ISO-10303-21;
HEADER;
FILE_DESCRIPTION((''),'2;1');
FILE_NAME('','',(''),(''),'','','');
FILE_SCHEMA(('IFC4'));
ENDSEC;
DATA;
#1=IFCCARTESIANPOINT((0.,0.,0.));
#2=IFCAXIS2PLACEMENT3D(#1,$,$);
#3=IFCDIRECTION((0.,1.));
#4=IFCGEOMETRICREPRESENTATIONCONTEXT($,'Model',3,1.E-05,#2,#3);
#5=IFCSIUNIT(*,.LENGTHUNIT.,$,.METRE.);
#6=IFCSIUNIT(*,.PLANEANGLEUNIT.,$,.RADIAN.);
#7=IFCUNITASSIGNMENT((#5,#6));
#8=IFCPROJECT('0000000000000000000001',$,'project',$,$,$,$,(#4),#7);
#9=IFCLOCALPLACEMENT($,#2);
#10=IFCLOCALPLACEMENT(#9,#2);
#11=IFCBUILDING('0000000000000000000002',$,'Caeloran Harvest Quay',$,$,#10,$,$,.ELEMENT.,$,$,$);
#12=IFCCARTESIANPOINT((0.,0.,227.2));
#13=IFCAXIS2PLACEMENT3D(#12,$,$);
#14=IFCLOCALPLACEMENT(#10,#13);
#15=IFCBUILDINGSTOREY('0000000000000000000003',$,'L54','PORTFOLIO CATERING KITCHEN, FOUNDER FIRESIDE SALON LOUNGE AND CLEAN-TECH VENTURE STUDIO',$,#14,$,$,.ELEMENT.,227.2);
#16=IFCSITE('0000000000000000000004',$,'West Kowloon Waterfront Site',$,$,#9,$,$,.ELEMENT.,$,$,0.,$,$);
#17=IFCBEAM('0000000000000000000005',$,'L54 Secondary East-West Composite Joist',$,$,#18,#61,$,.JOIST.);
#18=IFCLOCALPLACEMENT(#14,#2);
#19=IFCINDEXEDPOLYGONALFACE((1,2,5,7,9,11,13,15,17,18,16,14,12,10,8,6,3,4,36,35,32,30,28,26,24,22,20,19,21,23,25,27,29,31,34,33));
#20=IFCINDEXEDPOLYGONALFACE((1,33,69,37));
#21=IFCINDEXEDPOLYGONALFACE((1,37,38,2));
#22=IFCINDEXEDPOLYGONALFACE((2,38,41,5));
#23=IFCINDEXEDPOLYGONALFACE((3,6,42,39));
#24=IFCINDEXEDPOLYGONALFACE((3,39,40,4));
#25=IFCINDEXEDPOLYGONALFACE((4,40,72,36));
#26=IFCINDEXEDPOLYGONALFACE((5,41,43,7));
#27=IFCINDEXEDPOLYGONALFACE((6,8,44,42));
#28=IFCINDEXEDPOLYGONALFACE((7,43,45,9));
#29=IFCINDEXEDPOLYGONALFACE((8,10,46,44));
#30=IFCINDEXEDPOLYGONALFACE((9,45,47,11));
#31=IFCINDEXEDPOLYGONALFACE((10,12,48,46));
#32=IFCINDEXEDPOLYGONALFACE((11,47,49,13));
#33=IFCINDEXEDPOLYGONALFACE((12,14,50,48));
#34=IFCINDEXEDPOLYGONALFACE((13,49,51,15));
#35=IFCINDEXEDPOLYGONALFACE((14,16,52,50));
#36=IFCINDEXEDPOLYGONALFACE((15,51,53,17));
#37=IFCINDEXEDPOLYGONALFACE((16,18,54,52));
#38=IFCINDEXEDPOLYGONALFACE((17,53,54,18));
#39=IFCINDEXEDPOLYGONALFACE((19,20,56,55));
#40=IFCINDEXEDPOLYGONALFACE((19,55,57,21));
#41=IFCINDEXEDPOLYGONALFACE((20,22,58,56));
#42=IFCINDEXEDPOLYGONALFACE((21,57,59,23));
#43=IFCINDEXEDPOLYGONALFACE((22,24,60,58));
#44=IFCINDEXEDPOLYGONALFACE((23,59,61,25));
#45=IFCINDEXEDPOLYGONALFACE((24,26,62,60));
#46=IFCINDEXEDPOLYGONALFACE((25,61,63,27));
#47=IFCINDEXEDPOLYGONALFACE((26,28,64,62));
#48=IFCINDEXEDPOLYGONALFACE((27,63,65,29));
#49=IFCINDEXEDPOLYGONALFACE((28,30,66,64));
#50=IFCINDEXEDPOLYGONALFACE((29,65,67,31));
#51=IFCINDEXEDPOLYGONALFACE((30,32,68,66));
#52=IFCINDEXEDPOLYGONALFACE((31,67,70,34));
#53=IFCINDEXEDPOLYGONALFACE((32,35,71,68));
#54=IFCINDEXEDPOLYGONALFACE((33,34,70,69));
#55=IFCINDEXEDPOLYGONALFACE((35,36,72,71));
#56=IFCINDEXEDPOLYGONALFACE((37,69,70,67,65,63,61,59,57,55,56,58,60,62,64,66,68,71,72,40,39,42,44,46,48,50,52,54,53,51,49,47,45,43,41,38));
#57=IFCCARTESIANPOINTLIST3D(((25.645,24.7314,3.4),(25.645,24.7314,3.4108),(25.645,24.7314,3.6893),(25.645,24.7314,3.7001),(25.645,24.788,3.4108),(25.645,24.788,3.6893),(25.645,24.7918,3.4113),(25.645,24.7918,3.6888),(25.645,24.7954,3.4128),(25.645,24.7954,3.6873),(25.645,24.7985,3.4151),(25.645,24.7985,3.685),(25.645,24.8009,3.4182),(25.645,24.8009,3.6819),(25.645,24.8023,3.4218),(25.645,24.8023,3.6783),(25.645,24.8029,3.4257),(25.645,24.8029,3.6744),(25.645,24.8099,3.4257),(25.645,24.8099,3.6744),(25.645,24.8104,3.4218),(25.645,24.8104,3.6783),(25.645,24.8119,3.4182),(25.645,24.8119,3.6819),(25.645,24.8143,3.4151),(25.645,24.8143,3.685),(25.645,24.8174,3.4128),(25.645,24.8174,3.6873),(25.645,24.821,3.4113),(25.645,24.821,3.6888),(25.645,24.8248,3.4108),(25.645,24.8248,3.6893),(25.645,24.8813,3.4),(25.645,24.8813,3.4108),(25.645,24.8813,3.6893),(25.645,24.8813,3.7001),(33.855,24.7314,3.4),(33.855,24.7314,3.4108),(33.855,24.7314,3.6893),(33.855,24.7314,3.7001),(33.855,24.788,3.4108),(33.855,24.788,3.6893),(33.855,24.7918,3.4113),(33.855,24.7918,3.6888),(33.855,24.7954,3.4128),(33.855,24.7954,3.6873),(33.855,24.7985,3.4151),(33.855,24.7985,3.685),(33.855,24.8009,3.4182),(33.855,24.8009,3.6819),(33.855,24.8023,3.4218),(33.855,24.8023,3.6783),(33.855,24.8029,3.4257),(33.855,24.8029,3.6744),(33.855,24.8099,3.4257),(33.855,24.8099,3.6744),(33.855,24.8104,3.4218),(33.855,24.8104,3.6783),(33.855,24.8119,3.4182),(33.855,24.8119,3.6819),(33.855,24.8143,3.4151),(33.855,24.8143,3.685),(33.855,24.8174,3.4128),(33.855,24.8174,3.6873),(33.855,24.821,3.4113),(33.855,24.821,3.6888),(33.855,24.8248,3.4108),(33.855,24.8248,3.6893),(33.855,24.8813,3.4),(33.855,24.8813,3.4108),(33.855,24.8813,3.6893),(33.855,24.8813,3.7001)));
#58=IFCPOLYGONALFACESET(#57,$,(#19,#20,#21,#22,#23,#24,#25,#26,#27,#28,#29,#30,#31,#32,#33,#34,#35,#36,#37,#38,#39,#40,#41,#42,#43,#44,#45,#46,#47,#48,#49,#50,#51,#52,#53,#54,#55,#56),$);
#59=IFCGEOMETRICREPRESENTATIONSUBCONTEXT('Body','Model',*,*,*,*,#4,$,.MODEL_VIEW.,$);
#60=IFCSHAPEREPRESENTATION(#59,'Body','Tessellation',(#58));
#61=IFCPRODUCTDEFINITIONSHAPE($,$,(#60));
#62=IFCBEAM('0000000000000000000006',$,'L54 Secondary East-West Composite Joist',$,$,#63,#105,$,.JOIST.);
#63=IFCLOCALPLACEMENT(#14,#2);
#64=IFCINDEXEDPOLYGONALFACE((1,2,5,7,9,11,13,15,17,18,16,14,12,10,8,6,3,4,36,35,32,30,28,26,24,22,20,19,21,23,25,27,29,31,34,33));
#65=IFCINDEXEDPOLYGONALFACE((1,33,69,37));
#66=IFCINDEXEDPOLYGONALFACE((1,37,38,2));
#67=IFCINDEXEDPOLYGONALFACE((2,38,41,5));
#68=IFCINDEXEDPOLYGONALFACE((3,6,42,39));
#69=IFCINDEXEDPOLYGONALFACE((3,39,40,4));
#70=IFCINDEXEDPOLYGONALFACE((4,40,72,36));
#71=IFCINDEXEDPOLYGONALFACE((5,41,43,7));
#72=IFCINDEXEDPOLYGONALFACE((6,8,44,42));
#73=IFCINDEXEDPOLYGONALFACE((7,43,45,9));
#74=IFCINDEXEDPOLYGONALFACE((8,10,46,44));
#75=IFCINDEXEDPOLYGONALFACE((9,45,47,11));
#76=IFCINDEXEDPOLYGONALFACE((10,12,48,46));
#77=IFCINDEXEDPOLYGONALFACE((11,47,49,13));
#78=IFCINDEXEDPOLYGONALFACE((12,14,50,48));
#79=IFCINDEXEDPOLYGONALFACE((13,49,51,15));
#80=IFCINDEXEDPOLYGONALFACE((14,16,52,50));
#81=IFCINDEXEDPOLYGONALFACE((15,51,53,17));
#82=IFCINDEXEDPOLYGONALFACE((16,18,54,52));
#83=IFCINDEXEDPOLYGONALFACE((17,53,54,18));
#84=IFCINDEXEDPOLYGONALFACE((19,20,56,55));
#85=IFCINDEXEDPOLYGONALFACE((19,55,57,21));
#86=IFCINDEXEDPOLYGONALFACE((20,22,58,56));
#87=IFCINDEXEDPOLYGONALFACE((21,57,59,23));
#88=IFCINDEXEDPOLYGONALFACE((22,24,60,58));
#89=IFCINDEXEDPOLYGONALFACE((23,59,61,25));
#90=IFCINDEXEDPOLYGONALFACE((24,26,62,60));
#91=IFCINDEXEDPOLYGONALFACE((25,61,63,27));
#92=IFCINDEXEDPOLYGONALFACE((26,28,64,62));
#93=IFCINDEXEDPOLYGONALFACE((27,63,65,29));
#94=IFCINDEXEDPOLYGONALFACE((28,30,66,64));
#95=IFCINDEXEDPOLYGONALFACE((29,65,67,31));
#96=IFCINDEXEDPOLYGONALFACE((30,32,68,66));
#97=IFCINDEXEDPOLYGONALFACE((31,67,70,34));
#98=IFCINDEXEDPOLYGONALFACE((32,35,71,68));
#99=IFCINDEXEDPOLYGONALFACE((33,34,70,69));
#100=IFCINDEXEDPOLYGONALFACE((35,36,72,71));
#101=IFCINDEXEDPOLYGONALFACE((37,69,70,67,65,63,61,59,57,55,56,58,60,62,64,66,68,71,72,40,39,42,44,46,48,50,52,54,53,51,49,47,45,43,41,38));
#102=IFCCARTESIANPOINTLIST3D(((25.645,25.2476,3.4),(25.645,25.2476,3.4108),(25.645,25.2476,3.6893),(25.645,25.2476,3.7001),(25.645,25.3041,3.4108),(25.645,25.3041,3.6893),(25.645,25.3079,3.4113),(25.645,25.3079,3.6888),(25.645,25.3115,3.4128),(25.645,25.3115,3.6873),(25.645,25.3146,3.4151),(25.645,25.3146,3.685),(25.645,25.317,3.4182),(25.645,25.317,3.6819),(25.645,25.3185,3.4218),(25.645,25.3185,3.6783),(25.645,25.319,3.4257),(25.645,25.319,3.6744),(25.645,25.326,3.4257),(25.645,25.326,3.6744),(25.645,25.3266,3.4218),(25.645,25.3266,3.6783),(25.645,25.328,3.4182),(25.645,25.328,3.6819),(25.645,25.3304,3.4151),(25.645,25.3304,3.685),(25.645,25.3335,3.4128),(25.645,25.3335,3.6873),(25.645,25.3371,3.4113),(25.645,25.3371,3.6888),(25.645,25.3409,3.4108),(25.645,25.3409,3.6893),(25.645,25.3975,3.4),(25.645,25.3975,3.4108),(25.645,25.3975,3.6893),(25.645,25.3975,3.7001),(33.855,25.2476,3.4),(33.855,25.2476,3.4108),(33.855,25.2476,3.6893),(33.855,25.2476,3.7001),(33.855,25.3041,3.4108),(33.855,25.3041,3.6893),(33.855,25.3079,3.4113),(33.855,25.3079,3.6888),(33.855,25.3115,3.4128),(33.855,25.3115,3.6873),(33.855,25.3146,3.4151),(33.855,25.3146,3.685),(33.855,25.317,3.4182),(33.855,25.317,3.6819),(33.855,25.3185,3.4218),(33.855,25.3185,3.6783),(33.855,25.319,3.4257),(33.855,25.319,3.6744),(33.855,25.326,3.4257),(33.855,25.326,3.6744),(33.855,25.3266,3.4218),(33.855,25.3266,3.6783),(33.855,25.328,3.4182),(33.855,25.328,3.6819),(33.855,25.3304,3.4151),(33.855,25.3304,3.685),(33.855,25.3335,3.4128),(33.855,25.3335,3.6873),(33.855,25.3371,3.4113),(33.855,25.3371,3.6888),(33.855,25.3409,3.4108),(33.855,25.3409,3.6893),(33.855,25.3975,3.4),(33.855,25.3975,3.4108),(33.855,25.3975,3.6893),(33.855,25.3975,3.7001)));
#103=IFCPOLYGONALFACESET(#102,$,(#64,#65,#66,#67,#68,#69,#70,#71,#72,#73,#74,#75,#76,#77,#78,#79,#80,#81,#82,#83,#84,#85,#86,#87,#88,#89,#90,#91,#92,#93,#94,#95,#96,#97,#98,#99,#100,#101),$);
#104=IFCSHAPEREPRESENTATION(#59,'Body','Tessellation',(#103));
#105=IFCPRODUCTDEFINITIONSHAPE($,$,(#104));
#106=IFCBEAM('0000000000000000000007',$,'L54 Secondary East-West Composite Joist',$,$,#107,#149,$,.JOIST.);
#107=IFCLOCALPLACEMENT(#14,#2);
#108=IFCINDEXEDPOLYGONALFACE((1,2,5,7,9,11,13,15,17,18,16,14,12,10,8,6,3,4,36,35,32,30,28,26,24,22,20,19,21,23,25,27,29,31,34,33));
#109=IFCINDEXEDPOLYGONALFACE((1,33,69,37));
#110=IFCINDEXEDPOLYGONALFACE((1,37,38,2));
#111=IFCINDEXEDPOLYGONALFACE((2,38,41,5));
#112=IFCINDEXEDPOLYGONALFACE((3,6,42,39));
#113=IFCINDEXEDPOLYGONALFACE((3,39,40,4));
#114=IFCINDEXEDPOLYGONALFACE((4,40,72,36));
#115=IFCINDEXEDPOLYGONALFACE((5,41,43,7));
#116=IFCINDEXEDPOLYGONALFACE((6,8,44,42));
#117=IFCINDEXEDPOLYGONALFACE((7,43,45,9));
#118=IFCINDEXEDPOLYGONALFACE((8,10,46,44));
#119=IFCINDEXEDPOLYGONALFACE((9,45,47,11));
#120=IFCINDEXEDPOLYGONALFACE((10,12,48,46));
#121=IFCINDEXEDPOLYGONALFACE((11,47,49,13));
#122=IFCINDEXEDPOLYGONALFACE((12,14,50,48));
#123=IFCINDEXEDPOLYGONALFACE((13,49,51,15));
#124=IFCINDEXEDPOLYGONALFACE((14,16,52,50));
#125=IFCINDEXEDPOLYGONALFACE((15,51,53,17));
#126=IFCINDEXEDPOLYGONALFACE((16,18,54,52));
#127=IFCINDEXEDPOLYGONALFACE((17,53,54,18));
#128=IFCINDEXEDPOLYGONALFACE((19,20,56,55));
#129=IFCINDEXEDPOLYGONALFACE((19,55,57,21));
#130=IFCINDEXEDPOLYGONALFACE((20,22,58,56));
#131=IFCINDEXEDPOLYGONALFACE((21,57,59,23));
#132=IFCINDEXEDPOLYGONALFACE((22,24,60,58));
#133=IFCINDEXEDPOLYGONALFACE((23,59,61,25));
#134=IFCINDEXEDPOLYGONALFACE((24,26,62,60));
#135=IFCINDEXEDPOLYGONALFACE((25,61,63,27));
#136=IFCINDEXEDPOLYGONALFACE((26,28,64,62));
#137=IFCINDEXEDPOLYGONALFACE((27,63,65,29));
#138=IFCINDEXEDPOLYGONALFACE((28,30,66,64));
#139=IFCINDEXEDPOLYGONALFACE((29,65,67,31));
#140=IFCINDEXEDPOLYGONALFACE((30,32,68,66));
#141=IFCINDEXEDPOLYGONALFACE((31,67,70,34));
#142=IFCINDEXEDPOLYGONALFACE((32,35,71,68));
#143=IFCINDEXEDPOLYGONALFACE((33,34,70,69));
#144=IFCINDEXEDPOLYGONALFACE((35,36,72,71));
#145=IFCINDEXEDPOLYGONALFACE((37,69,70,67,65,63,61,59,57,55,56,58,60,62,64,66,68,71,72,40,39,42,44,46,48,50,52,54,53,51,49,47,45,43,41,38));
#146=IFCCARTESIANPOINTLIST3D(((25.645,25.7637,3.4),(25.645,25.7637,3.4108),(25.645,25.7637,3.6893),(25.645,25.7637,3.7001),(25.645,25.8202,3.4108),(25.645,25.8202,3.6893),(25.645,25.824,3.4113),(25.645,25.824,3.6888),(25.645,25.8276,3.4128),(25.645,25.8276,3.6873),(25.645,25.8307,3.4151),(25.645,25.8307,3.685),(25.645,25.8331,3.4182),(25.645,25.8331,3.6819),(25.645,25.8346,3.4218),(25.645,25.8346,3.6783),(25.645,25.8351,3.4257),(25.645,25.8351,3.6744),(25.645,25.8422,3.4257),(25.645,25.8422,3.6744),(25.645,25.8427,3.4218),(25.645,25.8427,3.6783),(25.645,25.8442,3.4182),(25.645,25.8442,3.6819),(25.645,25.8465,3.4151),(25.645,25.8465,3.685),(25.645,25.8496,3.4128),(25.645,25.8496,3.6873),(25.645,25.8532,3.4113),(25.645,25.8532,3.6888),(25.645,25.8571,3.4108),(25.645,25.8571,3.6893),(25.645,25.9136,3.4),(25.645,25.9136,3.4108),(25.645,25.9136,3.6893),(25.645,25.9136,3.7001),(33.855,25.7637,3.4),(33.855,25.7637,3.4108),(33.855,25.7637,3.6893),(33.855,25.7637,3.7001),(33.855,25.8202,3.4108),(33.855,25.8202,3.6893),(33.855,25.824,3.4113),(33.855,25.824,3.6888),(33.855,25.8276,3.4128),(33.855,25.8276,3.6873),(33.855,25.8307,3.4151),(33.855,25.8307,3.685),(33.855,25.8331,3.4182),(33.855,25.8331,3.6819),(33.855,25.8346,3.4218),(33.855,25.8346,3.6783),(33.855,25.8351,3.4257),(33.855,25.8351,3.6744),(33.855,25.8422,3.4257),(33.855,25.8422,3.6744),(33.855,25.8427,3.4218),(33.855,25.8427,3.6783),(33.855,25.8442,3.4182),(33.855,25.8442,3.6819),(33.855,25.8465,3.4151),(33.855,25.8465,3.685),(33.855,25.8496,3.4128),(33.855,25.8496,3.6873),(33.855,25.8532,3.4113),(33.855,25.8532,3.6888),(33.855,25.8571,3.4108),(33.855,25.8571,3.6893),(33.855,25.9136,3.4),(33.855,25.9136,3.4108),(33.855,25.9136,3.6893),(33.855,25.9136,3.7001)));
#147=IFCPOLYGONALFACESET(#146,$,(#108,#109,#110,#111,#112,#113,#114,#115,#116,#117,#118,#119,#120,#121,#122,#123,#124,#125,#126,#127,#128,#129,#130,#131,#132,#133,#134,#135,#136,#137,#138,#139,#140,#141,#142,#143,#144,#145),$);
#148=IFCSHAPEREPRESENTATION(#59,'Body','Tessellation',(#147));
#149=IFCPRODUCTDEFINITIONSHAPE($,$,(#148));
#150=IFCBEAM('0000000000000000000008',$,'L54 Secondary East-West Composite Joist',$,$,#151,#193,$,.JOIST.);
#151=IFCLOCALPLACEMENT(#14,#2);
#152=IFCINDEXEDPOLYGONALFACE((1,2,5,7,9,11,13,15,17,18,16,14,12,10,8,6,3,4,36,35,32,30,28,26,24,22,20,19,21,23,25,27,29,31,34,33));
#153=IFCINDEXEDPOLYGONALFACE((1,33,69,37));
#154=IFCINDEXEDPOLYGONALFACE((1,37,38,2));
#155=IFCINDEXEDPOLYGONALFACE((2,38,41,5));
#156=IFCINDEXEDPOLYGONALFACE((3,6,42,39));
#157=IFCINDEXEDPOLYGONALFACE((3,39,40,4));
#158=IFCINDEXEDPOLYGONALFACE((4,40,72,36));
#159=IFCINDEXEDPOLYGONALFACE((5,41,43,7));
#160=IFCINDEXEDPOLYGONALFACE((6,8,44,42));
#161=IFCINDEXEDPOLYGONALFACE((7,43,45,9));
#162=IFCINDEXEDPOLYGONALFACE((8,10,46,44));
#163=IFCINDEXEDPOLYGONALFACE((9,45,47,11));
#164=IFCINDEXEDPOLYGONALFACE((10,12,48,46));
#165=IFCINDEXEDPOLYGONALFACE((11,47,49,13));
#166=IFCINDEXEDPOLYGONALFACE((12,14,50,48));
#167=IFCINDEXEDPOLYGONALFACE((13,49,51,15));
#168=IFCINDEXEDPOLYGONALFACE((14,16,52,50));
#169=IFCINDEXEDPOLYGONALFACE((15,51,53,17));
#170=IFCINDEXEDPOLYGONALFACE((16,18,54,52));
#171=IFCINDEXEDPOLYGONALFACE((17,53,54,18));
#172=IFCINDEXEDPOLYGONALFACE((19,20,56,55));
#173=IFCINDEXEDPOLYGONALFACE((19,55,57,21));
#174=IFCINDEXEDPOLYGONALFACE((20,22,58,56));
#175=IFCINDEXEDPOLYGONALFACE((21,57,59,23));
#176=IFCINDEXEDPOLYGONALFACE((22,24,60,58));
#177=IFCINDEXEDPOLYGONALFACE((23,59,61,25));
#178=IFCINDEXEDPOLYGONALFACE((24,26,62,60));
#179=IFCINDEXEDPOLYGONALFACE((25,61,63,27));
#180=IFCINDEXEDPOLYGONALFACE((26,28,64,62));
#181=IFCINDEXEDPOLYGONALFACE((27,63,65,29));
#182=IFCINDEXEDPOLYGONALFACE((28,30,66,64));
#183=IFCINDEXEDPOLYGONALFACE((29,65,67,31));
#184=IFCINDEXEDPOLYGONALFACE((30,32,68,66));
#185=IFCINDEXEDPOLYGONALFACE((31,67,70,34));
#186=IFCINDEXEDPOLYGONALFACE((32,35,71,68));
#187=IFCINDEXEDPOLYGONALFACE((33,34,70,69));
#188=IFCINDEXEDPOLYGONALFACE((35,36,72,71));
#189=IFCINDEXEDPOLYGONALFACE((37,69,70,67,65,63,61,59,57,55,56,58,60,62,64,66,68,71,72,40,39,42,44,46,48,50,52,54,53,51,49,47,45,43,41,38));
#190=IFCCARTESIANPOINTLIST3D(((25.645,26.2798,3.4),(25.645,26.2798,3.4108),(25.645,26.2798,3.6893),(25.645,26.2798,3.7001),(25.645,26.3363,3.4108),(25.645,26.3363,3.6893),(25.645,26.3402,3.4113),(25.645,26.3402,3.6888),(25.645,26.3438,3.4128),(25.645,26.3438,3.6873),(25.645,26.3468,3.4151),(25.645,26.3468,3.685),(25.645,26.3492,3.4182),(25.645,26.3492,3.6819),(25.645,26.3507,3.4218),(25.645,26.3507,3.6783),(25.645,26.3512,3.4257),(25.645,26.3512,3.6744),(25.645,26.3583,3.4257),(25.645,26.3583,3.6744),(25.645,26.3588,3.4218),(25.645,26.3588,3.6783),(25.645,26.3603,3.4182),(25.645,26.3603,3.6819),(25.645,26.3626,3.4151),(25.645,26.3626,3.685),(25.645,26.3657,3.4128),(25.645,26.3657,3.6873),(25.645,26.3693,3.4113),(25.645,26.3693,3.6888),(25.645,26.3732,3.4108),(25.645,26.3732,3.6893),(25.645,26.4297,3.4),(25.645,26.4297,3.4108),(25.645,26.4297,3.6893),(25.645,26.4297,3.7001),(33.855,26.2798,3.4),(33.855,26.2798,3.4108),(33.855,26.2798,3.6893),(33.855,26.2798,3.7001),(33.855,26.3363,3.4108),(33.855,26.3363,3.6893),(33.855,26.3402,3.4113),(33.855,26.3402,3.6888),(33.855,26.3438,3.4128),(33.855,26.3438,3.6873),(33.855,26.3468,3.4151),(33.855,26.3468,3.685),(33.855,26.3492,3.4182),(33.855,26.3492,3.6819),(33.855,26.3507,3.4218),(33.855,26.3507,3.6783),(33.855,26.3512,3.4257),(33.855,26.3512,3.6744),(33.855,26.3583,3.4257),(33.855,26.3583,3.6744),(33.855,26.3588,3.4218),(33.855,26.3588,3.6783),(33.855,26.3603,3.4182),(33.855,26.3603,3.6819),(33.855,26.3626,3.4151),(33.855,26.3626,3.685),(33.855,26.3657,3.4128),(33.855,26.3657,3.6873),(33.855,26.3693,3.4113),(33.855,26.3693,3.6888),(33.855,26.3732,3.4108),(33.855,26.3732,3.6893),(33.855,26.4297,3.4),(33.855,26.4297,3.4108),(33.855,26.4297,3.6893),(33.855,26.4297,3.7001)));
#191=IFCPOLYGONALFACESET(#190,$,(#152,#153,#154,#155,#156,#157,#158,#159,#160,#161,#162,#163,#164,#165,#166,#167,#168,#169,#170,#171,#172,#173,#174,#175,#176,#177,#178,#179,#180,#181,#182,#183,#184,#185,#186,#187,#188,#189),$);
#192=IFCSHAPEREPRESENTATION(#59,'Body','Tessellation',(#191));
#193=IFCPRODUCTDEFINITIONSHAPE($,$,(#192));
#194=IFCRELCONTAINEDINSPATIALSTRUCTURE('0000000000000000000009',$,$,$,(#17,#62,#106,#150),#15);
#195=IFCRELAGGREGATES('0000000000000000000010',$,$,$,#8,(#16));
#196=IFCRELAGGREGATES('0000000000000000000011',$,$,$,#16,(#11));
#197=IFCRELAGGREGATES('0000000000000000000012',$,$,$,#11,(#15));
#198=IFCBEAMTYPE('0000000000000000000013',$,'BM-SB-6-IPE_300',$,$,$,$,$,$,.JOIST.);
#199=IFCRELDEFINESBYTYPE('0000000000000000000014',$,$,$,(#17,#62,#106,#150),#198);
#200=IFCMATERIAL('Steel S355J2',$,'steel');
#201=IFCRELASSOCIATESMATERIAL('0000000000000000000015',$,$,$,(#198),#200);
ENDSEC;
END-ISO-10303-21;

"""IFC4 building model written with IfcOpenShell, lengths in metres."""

from ifc_helpers import new_model, si_unit, direction, frame, origin, origin_2d, place, context, subcontext, project, spatial, i_section, extrude, material, material_profile, profile_set, type_object, element, save


model = new_model("IFC4")

# Units and contexts
model_context = context("Model", 3, precision=1e-05, world=origin(), true_north=direction((0.0, 1.0)))
body_context = subcontext(model_context, "Body", "Model", "MODEL_VIEW")
ifc_project = project(units=[si_unit("LENGTHUNIT", "METRE"), si_unit("PLANEANGLEUNIT", "RADIAN")], contexts=[model_context])

# Site, building, storey
site_placement = place(None, origin())
site = spatial("IfcSite", under=ifc_project, at=site_placement, Name="West Kowloon Waterfront Site", CompositionType="ELEMENT", RefElevation=0.0)
building_placement = place(site_placement, origin())
building = spatial("IfcBuilding", under=site, at=building_placement, Name="Caeloran Harvest Quay", CompositionType="ELEMENT")
storey_placement = place(building_placement, frame((0.0, 0.0, 227.2)))
storey = spatial("IfcBuildingStorey", under=building, at=storey_placement, Name="L54", Description="PORTFOLIO CATERING KITCHEN, FOUNDER FIRESIDE SALON LOUNGE AND CLEAN-TECH VENTURE STUDIO", CompositionType="ELEMENT", Elevation=227.2)

# Beams
ifc_material_1 = material(Name="Steel S355J2", Category="steel")
ifc_material_profile_1 = material_profile(ifc_material_1, i_section(OverallWidth=0.1499, OverallDepth=0.3, WebThickness=0.0071, FlangeThickness=0.0107, FilletRadius=0.0149, at=origin_2d()), Name="IPE 300")
ifc_profile_set_1 = profile_set([ifc_material_profile_1], Name="Steel S355J2")
beam_type_1 = type_object("IfcBeamType", Name="BM-SB-6-IPE_300", PredefinedType="JOIST", material=ifc_profile_set_1)
for number, where, z_axis, x_axis, name in (
    (1, (25.645, 24.8064, 3.55), (1.0, 0.0, 0.0), (0.0, 1.0, 0.0), "L54 Secondary East-West Composite Joist"),
    (2, (25.645, 25.3225, 3.55), (1.0, 0.0, 0.0), (0.0, 1.0, 0.0), "L54 Secondary East-West Composite Joist"),
    (3, (25.645, 25.8386, 3.55), (1.0, 0.0, 0.0), (0.0, 1.0, 0.0), "L54 Secondary East-West Composite Joist"),
    (4, (25.645, 26.3547, 3.55), (1.0, 0.0, 0.0), (0.0, 1.0, 0.0), "L54 Secondary East-West Composite Joist"),
):
    element("IfcBeam", number, at=place(storey_placement, frame(where, z_axis=z_axis, x_axis=x_axis)), inside=storey, type_object=beam_type_1, Name=name, PredefinedType="JOIST", context=body_context, shape_type="SweptSolid", body=[
        extrude(i_section(OverallWidth=0.1499, OverallDepth=0.3, WebThickness=0.0071, FlangeThickness=0.0107, FilletRadius=0.0149, at=origin_2d()), origin(), (0.0, 0.0, 1.0), 8.21),
    ])

save(model, "model.ifc")
